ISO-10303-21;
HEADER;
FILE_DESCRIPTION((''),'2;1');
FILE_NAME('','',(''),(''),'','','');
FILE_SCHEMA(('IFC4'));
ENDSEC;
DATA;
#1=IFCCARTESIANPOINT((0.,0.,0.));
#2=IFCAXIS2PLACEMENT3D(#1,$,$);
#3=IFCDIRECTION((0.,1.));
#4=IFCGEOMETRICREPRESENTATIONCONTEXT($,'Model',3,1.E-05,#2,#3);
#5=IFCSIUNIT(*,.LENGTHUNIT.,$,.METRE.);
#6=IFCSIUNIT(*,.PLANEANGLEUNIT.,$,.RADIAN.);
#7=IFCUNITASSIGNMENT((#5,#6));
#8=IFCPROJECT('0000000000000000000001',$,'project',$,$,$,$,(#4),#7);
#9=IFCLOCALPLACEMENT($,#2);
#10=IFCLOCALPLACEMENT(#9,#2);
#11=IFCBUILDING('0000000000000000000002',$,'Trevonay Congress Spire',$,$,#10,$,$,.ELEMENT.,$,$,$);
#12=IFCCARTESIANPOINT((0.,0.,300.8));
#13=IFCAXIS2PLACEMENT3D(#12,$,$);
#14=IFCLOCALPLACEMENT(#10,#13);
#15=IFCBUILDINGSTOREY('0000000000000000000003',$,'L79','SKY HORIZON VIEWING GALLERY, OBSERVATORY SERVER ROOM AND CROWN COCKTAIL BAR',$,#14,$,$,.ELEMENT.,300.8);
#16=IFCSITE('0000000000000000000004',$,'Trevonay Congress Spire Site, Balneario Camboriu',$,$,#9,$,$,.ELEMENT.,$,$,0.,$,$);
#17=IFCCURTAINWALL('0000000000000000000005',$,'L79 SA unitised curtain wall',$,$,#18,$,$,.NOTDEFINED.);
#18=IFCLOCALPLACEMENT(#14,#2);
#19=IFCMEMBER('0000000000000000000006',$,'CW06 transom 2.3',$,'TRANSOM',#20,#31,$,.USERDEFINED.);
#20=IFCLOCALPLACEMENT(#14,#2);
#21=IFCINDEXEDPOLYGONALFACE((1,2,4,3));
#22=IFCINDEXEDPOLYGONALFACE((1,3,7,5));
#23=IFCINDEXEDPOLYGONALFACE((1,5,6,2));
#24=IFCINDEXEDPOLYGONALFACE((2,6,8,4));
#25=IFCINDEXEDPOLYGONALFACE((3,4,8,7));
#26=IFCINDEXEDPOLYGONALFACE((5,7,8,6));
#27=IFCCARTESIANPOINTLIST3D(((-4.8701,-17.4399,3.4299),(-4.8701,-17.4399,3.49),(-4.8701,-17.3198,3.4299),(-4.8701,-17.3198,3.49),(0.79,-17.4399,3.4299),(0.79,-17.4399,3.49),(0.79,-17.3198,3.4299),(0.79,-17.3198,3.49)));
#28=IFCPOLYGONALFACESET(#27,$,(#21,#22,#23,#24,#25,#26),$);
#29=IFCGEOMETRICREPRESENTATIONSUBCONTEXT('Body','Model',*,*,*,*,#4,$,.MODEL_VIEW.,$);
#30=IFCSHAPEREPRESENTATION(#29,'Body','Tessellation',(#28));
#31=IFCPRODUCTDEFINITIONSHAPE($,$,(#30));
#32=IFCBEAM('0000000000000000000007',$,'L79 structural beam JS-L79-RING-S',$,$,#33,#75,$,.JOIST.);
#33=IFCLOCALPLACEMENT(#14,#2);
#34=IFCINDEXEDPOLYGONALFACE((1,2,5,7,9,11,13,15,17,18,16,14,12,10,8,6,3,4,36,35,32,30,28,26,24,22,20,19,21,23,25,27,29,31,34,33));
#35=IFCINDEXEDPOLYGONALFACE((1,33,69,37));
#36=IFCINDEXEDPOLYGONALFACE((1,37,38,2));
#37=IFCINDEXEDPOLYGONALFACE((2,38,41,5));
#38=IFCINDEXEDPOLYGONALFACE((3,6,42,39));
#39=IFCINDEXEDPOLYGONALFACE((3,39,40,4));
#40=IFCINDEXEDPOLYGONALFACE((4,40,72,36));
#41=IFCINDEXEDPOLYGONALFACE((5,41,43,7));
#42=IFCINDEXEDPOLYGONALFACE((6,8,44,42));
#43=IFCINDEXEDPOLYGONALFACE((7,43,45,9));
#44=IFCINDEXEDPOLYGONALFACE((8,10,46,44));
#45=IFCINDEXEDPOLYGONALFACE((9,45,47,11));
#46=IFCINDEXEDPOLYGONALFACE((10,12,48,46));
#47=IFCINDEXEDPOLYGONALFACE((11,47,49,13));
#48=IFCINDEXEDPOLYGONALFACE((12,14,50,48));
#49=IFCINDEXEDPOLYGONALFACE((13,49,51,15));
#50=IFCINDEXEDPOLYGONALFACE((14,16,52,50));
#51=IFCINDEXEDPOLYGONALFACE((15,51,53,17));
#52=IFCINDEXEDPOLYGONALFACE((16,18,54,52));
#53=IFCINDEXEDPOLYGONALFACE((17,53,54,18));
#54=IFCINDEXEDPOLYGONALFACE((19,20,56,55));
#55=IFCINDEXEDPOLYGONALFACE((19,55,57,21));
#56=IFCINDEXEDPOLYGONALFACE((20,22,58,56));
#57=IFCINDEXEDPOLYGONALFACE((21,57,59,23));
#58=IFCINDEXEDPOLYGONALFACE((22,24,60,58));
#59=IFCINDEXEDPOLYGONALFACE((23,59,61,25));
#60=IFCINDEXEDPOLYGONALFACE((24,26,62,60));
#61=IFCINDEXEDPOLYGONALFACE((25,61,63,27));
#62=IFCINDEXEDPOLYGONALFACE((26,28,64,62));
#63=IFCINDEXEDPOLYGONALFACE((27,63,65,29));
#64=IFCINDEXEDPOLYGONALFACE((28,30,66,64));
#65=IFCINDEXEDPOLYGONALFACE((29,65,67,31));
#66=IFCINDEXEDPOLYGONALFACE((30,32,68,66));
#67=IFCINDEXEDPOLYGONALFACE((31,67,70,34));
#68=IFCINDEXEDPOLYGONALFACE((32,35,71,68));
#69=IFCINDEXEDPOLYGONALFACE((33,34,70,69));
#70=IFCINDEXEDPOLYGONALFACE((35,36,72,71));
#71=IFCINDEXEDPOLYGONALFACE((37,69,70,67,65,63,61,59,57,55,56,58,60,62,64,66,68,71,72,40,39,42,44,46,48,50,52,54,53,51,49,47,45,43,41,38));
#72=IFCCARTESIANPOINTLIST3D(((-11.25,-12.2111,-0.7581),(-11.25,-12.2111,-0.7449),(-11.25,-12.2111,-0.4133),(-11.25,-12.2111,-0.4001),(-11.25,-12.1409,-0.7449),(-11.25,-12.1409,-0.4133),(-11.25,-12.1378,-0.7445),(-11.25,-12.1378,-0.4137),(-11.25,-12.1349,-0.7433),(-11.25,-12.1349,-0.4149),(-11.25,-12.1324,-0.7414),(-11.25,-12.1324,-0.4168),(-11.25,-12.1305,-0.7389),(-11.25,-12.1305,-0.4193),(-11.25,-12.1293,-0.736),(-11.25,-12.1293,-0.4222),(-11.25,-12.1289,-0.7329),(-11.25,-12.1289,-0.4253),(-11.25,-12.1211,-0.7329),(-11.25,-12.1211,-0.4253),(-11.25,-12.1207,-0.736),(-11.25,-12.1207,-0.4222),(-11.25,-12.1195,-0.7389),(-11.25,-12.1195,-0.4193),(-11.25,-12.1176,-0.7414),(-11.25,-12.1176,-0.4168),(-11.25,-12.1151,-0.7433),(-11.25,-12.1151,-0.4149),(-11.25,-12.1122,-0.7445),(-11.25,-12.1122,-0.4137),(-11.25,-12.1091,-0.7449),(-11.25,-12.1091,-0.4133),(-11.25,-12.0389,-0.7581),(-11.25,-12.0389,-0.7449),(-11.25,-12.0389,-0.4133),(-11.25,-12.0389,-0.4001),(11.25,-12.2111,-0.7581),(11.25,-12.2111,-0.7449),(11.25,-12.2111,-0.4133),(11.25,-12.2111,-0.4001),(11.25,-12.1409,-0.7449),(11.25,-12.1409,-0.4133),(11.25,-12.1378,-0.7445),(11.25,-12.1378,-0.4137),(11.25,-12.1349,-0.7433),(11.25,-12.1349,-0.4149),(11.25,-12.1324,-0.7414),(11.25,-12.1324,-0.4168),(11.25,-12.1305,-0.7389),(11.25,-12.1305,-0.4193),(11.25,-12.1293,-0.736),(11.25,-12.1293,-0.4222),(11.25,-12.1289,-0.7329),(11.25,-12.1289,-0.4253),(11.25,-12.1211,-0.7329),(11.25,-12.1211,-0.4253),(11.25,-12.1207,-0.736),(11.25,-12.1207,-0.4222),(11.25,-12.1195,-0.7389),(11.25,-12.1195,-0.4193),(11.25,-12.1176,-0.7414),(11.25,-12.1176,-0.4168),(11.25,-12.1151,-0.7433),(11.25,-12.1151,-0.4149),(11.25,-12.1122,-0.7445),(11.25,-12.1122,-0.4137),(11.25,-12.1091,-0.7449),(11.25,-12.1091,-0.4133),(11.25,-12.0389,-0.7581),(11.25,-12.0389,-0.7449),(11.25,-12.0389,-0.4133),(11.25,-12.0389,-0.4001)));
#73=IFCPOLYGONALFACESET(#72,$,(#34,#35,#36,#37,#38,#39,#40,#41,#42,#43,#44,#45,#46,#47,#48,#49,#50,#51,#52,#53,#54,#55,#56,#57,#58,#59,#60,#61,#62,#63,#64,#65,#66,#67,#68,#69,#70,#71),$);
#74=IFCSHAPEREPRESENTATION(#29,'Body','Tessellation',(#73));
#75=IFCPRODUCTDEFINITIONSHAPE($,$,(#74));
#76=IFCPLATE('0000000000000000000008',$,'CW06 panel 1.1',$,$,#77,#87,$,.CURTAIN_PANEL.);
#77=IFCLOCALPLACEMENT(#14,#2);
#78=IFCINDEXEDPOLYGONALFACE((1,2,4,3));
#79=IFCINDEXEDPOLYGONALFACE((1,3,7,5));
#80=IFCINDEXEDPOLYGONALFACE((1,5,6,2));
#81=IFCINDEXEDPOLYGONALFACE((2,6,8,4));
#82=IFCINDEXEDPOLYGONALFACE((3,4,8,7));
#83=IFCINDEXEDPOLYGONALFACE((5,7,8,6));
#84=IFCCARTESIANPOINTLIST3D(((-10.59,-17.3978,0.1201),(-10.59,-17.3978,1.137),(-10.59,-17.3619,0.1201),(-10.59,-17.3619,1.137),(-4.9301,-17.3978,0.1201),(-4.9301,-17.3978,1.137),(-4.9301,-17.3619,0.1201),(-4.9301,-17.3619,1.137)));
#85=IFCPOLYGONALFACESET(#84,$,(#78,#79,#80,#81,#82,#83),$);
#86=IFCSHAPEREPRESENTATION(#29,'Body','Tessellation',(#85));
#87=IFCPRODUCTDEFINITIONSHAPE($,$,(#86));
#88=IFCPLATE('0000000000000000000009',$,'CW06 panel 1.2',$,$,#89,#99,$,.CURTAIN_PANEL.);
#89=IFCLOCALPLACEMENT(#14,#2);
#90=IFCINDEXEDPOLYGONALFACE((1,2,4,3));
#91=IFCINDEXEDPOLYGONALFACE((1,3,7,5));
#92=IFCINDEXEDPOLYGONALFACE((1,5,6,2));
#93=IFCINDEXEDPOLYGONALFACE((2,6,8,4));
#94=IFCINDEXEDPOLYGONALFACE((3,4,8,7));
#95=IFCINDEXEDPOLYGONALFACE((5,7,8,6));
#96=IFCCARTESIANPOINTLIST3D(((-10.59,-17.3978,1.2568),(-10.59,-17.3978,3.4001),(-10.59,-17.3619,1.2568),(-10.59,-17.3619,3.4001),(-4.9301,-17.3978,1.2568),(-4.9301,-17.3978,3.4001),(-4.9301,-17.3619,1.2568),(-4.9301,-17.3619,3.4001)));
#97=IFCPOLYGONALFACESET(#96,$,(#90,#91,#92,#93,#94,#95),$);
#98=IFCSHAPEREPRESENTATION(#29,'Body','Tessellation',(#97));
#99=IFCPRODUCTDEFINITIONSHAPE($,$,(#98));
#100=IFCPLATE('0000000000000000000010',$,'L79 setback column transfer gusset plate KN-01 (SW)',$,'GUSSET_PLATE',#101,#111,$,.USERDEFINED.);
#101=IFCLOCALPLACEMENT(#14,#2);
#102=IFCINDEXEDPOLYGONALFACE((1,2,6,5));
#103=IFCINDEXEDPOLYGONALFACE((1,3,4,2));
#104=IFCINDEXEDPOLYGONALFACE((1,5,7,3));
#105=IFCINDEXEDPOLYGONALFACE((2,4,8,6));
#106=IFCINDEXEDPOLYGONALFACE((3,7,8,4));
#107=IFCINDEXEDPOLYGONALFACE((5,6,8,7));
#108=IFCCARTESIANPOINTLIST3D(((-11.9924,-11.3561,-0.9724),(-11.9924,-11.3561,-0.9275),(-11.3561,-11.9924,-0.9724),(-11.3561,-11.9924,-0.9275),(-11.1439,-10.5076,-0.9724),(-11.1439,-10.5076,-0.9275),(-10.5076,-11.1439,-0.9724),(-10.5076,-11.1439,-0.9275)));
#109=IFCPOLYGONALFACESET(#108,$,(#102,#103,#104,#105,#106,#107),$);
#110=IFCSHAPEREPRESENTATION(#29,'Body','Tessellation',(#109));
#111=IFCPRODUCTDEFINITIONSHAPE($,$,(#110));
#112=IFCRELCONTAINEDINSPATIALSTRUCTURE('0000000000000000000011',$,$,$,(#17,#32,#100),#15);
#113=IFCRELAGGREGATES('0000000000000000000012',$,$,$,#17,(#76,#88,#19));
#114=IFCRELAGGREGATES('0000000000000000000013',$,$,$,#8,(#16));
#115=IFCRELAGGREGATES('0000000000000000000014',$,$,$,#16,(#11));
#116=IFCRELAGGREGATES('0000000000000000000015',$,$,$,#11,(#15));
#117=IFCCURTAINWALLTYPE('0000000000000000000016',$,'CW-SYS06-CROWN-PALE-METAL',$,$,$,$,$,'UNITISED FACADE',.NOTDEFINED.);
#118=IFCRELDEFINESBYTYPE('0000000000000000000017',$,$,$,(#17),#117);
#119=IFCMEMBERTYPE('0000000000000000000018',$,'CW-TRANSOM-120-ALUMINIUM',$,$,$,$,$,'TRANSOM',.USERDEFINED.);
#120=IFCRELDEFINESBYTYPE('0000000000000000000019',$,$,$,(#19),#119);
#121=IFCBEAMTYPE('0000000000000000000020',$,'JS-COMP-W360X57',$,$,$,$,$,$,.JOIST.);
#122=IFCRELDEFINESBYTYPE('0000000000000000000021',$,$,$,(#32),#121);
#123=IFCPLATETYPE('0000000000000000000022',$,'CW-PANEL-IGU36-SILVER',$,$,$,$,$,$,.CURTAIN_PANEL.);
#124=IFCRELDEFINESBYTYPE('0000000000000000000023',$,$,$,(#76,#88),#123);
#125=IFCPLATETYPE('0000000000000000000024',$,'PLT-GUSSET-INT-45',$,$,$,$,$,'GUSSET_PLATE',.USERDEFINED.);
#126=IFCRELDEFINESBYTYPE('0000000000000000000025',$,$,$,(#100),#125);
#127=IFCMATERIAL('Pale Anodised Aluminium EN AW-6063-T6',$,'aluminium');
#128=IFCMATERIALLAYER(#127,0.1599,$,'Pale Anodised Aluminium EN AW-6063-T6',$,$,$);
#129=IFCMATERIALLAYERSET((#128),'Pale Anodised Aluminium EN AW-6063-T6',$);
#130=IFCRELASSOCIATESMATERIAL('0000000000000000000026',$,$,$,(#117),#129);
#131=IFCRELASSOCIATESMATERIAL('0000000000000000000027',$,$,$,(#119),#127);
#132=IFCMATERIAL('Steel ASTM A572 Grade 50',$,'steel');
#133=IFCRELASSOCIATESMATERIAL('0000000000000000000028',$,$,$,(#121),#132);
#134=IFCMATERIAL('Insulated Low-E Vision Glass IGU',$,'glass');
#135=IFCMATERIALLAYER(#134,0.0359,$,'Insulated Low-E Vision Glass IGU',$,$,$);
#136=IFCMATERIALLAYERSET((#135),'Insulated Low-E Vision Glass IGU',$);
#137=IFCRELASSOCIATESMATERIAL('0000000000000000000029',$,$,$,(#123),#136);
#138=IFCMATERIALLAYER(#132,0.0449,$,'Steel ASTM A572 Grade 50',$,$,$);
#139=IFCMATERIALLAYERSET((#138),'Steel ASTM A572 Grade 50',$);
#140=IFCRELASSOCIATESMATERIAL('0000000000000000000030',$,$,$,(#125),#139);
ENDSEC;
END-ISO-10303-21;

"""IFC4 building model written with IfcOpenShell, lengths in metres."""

from ifc_helpers import new_model, si_unit, direction, frame, origin, origin_2d, place, context, subcontext, project, spatial, rectangle, i_section, extrude, material, layer, layer_set, material_profile, profile_set, type_object, element, aggregate, save


model = new_model("IFC4")

# Units and contexts
model_context = context("Model", 3, precision=1e-05, world=origin(), true_north=direction((0.0, 1.0)))
body_context = subcontext(model_context, "Body", "Model", "MODEL_VIEW")
ifc_project = project(units=[si_unit("LENGTHUNIT", "METRE"), si_unit("PLANEANGLEUNIT", "RADIAN")], contexts=[model_context])

# Site, building, storey
site_placement = place(None, origin())
site = spatial("IfcSite", under=ifc_project, at=site_placement, Name="Trevonay Congress Spire Site, Balneario Camboriu", CompositionType="ELEMENT", RefElevation=0.0)
building_placement = place(site_placement, origin())
building = spatial("IfcBuilding", under=site, at=building_placement, Name="Trevonay Congress Spire", CompositionType="ELEMENT")
storey_placement = place(building_placement, frame((0.0, 0.0, 300.8)))
storey = spatial("IfcBuildingStorey", under=building, at=storey_placement, Name="L79", Description="SKY HORIZON VIEWING GALLERY, OBSERVATORY SERVER ROOM AND CROWN COCKTAIL BAR", CompositionType="ELEMENT", Elevation=300.8)

# Shared definitions
ifc_material_1 = material(Name="Steel ASTM A572 Grade 50", Category="steel")

# Curtain wall, member
ifc_material_2 = material(Name="Pale Anodised Aluminium EN AW-6063-T6", Category="aluminium")
ifc_layer_1 = layer(ifc_material_2, 0.1599, Name="Pale Anodised Aluminium EN AW-6063-T6")
ifc_layer_set_1 = layer_set([ifc_layer_1], Name="Pale Anodised Aluminium EN AW-6063-T6")
curtain_wall_type = type_object("IfcCurtainWallType", Name="CW-SYS06-CROWN-PALE-METAL", ElementType="UNITISED FACADE", PredefinedType="NOTDEFINED", material=ifc_layer_set_1)
curtain_wall_placement = place(storey_placement, origin())
curtain_wall = element("IfcCurtainWall", 1, at=curtain_wall_placement, inside=storey, type_object=curtain_wall_type, Name="L79 SA unitised curtain wall", PredefinedType="NOTDEFINED")
ifc_material_profile_1 = material_profile(ifc_material_2, rectangle(XDim=0.1201, YDim=0.0601, at=origin_2d()), Name="CW-TRANSOM-120-ALUMINIUM")
ifc_profile_set_1 = profile_set([ifc_material_profile_1], Name="Pale Anodised Aluminium EN AW-6063-T6")
member_type_1 = type_object("IfcMemberType", Name="CW-TRANSOM-120-ALUMINIUM", ElementType="TRANSOM", PredefinedType="USERDEFINED", material=ifc_profile_set_1)
member_1_placement = place(storey_placement, frame((-4.8701, -17.3799, 3.46), z_axis=(1.0, 0.0, 0.0), x_axis=(0.0, 1.0, 0.0)))
member_1 = element("IfcMember", 2, at=member_1_placement, type_object=member_type_1, Name="CW06 transom 2.3", ObjectType="TRANSOM", PredefinedType="USERDEFINED", context=body_context, shape_type="SweptSolid", body=[
    extrude(rectangle(XDim=0.1201, YDim=0.0601, at=origin_2d()), origin(), (0.0, 0.0, 1.0), 5.6602),
])

# Beam
ifc_material_profile_2 = material_profile(ifc_material_1, i_section(OverallWidth=0.1721, OverallDepth=0.3579, WebThickness=0.0078, FlangeThickness=0.0132, FilletRadius=0.012, at=origin_2d()), Name="W360x57.8")
ifc_profile_set_2 = profile_set([ifc_material_profile_2], Name="Steel ASTM A572 Grade 50")
beam_type_1 = type_object("IfcBeamType", Name="JS-COMP-W360X57", PredefinedType="JOIST", material=ifc_profile_set_2)
beam_1_placement = place(storey_placement, frame((-11.25, -12.125, -0.5791), z_axis=(1.0, 0.0, 0.0), x_axis=(0.0, 1.0, 0.0)))
element("IfcBeam", 3, at=beam_1_placement, inside=storey, type_object=beam_type_1, Name="L79 structural beam JS-L79-RING-S", PredefinedType="JOIST", context=body_context, shape_type="SweptSolid", body=[
    extrude(i_section(OverallWidth=0.1721, OverallDepth=0.3579, WebThickness=0.0078, FlangeThickness=0.0132, FilletRadius=0.012, at=origin_2d()), origin(), (0.0, 0.0, 1.0), 22.5),
])

# Plates
ifc_material_3 = material(Name="Insulated Low-E Vision Glass IGU", Category="glass")
ifc_layer_2 = layer(ifc_material_3, 0.0359, Name="Insulated Low-E Vision Glass IGU")
ifc_layer_set_2 = layer_set([ifc_layer_2], Name="Insulated Low-E Vision Glass IGU")
plate_type_1 = type_object("IfcPlateType", Name="CW-PANEL-IGU36-SILVER", PredefinedType="CURTAIN_PANEL", material=ifc_layer_set_2)
plate_1_placement = place(storey_placement, frame((-7.76, -17.3799, 0.1201), z_axis=(0.0, 0.0, 1.0), x_axis=(1.0, 0.0, 0.0)))
plate_1 = element("IfcPlate", 4, at=plate_1_placement, type_object=plate_type_1, Name="CW06 panel 1.1", PredefinedType="CURTAIN_PANEL", context=body_context, shape_type="SweptSolid", body=[
    extrude(rectangle(XDim=5.6599, YDim=0.0359, at=origin_2d()), origin(), (0.0, 0.0, 1.0), 1.0168),
])
plate_2_placement = place(storey_placement, frame((-7.76, -17.3799, 1.2568), z_axis=(0.0, 0.0, 1.0), x_axis=(1.0, 0.0, 0.0)))
plate_2 = element("IfcPlate", 5, at=plate_2_placement, type_object=plate_type_1, Name="CW06 panel 1.2", PredefinedType="CURTAIN_PANEL", context=body_context, shape_type="SweptSolid", body=[
    extrude(rectangle(XDim=5.6599, YDim=0.0359, at=origin_2d()), origin(), (0.0, 0.0, 1.0), 2.1433),
])
aggregate(curtain_wall, [plate_1, plate_2, member_1])
ifc_layer_3 = layer(ifc_material_1, 0.0449, Name="Steel ASTM A572 Grade 50")
ifc_layer_set_3 = layer_set([ifc_layer_3], Name="Steel ASTM A572 Grade 50")
plate_type_2 = type_object("IfcPlateType", Name="PLT-GUSSET-INT-45", ElementType="GUSSET_PLATE", PredefinedType="USERDEFINED", material=ifc_layer_set_3)
plate_3_placement = place(storey_placement, frame((-11.25, -11.25, -0.9724), z_axis=(0.0, 0.0, 1.0), x_axis=(0.707107, 0.707107, 0.0)))
element("IfcPlate", 6, at=plate_3_placement, inside=storey, type_object=plate_type_2, Name="L79 setback column transfer gusset plate KN-01 (SW)", ObjectType="GUSSET_PLATE", PredefinedType="USERDEFINED", context=body_context, shape_type="SweptSolid", body=[
    extrude(rectangle(XDim=1.2, YDim=0.8999, at=origin_2d()), origin(), (0.0, 0.0, 1.0), 0.0449),
])

save(model, "model.ifc")
